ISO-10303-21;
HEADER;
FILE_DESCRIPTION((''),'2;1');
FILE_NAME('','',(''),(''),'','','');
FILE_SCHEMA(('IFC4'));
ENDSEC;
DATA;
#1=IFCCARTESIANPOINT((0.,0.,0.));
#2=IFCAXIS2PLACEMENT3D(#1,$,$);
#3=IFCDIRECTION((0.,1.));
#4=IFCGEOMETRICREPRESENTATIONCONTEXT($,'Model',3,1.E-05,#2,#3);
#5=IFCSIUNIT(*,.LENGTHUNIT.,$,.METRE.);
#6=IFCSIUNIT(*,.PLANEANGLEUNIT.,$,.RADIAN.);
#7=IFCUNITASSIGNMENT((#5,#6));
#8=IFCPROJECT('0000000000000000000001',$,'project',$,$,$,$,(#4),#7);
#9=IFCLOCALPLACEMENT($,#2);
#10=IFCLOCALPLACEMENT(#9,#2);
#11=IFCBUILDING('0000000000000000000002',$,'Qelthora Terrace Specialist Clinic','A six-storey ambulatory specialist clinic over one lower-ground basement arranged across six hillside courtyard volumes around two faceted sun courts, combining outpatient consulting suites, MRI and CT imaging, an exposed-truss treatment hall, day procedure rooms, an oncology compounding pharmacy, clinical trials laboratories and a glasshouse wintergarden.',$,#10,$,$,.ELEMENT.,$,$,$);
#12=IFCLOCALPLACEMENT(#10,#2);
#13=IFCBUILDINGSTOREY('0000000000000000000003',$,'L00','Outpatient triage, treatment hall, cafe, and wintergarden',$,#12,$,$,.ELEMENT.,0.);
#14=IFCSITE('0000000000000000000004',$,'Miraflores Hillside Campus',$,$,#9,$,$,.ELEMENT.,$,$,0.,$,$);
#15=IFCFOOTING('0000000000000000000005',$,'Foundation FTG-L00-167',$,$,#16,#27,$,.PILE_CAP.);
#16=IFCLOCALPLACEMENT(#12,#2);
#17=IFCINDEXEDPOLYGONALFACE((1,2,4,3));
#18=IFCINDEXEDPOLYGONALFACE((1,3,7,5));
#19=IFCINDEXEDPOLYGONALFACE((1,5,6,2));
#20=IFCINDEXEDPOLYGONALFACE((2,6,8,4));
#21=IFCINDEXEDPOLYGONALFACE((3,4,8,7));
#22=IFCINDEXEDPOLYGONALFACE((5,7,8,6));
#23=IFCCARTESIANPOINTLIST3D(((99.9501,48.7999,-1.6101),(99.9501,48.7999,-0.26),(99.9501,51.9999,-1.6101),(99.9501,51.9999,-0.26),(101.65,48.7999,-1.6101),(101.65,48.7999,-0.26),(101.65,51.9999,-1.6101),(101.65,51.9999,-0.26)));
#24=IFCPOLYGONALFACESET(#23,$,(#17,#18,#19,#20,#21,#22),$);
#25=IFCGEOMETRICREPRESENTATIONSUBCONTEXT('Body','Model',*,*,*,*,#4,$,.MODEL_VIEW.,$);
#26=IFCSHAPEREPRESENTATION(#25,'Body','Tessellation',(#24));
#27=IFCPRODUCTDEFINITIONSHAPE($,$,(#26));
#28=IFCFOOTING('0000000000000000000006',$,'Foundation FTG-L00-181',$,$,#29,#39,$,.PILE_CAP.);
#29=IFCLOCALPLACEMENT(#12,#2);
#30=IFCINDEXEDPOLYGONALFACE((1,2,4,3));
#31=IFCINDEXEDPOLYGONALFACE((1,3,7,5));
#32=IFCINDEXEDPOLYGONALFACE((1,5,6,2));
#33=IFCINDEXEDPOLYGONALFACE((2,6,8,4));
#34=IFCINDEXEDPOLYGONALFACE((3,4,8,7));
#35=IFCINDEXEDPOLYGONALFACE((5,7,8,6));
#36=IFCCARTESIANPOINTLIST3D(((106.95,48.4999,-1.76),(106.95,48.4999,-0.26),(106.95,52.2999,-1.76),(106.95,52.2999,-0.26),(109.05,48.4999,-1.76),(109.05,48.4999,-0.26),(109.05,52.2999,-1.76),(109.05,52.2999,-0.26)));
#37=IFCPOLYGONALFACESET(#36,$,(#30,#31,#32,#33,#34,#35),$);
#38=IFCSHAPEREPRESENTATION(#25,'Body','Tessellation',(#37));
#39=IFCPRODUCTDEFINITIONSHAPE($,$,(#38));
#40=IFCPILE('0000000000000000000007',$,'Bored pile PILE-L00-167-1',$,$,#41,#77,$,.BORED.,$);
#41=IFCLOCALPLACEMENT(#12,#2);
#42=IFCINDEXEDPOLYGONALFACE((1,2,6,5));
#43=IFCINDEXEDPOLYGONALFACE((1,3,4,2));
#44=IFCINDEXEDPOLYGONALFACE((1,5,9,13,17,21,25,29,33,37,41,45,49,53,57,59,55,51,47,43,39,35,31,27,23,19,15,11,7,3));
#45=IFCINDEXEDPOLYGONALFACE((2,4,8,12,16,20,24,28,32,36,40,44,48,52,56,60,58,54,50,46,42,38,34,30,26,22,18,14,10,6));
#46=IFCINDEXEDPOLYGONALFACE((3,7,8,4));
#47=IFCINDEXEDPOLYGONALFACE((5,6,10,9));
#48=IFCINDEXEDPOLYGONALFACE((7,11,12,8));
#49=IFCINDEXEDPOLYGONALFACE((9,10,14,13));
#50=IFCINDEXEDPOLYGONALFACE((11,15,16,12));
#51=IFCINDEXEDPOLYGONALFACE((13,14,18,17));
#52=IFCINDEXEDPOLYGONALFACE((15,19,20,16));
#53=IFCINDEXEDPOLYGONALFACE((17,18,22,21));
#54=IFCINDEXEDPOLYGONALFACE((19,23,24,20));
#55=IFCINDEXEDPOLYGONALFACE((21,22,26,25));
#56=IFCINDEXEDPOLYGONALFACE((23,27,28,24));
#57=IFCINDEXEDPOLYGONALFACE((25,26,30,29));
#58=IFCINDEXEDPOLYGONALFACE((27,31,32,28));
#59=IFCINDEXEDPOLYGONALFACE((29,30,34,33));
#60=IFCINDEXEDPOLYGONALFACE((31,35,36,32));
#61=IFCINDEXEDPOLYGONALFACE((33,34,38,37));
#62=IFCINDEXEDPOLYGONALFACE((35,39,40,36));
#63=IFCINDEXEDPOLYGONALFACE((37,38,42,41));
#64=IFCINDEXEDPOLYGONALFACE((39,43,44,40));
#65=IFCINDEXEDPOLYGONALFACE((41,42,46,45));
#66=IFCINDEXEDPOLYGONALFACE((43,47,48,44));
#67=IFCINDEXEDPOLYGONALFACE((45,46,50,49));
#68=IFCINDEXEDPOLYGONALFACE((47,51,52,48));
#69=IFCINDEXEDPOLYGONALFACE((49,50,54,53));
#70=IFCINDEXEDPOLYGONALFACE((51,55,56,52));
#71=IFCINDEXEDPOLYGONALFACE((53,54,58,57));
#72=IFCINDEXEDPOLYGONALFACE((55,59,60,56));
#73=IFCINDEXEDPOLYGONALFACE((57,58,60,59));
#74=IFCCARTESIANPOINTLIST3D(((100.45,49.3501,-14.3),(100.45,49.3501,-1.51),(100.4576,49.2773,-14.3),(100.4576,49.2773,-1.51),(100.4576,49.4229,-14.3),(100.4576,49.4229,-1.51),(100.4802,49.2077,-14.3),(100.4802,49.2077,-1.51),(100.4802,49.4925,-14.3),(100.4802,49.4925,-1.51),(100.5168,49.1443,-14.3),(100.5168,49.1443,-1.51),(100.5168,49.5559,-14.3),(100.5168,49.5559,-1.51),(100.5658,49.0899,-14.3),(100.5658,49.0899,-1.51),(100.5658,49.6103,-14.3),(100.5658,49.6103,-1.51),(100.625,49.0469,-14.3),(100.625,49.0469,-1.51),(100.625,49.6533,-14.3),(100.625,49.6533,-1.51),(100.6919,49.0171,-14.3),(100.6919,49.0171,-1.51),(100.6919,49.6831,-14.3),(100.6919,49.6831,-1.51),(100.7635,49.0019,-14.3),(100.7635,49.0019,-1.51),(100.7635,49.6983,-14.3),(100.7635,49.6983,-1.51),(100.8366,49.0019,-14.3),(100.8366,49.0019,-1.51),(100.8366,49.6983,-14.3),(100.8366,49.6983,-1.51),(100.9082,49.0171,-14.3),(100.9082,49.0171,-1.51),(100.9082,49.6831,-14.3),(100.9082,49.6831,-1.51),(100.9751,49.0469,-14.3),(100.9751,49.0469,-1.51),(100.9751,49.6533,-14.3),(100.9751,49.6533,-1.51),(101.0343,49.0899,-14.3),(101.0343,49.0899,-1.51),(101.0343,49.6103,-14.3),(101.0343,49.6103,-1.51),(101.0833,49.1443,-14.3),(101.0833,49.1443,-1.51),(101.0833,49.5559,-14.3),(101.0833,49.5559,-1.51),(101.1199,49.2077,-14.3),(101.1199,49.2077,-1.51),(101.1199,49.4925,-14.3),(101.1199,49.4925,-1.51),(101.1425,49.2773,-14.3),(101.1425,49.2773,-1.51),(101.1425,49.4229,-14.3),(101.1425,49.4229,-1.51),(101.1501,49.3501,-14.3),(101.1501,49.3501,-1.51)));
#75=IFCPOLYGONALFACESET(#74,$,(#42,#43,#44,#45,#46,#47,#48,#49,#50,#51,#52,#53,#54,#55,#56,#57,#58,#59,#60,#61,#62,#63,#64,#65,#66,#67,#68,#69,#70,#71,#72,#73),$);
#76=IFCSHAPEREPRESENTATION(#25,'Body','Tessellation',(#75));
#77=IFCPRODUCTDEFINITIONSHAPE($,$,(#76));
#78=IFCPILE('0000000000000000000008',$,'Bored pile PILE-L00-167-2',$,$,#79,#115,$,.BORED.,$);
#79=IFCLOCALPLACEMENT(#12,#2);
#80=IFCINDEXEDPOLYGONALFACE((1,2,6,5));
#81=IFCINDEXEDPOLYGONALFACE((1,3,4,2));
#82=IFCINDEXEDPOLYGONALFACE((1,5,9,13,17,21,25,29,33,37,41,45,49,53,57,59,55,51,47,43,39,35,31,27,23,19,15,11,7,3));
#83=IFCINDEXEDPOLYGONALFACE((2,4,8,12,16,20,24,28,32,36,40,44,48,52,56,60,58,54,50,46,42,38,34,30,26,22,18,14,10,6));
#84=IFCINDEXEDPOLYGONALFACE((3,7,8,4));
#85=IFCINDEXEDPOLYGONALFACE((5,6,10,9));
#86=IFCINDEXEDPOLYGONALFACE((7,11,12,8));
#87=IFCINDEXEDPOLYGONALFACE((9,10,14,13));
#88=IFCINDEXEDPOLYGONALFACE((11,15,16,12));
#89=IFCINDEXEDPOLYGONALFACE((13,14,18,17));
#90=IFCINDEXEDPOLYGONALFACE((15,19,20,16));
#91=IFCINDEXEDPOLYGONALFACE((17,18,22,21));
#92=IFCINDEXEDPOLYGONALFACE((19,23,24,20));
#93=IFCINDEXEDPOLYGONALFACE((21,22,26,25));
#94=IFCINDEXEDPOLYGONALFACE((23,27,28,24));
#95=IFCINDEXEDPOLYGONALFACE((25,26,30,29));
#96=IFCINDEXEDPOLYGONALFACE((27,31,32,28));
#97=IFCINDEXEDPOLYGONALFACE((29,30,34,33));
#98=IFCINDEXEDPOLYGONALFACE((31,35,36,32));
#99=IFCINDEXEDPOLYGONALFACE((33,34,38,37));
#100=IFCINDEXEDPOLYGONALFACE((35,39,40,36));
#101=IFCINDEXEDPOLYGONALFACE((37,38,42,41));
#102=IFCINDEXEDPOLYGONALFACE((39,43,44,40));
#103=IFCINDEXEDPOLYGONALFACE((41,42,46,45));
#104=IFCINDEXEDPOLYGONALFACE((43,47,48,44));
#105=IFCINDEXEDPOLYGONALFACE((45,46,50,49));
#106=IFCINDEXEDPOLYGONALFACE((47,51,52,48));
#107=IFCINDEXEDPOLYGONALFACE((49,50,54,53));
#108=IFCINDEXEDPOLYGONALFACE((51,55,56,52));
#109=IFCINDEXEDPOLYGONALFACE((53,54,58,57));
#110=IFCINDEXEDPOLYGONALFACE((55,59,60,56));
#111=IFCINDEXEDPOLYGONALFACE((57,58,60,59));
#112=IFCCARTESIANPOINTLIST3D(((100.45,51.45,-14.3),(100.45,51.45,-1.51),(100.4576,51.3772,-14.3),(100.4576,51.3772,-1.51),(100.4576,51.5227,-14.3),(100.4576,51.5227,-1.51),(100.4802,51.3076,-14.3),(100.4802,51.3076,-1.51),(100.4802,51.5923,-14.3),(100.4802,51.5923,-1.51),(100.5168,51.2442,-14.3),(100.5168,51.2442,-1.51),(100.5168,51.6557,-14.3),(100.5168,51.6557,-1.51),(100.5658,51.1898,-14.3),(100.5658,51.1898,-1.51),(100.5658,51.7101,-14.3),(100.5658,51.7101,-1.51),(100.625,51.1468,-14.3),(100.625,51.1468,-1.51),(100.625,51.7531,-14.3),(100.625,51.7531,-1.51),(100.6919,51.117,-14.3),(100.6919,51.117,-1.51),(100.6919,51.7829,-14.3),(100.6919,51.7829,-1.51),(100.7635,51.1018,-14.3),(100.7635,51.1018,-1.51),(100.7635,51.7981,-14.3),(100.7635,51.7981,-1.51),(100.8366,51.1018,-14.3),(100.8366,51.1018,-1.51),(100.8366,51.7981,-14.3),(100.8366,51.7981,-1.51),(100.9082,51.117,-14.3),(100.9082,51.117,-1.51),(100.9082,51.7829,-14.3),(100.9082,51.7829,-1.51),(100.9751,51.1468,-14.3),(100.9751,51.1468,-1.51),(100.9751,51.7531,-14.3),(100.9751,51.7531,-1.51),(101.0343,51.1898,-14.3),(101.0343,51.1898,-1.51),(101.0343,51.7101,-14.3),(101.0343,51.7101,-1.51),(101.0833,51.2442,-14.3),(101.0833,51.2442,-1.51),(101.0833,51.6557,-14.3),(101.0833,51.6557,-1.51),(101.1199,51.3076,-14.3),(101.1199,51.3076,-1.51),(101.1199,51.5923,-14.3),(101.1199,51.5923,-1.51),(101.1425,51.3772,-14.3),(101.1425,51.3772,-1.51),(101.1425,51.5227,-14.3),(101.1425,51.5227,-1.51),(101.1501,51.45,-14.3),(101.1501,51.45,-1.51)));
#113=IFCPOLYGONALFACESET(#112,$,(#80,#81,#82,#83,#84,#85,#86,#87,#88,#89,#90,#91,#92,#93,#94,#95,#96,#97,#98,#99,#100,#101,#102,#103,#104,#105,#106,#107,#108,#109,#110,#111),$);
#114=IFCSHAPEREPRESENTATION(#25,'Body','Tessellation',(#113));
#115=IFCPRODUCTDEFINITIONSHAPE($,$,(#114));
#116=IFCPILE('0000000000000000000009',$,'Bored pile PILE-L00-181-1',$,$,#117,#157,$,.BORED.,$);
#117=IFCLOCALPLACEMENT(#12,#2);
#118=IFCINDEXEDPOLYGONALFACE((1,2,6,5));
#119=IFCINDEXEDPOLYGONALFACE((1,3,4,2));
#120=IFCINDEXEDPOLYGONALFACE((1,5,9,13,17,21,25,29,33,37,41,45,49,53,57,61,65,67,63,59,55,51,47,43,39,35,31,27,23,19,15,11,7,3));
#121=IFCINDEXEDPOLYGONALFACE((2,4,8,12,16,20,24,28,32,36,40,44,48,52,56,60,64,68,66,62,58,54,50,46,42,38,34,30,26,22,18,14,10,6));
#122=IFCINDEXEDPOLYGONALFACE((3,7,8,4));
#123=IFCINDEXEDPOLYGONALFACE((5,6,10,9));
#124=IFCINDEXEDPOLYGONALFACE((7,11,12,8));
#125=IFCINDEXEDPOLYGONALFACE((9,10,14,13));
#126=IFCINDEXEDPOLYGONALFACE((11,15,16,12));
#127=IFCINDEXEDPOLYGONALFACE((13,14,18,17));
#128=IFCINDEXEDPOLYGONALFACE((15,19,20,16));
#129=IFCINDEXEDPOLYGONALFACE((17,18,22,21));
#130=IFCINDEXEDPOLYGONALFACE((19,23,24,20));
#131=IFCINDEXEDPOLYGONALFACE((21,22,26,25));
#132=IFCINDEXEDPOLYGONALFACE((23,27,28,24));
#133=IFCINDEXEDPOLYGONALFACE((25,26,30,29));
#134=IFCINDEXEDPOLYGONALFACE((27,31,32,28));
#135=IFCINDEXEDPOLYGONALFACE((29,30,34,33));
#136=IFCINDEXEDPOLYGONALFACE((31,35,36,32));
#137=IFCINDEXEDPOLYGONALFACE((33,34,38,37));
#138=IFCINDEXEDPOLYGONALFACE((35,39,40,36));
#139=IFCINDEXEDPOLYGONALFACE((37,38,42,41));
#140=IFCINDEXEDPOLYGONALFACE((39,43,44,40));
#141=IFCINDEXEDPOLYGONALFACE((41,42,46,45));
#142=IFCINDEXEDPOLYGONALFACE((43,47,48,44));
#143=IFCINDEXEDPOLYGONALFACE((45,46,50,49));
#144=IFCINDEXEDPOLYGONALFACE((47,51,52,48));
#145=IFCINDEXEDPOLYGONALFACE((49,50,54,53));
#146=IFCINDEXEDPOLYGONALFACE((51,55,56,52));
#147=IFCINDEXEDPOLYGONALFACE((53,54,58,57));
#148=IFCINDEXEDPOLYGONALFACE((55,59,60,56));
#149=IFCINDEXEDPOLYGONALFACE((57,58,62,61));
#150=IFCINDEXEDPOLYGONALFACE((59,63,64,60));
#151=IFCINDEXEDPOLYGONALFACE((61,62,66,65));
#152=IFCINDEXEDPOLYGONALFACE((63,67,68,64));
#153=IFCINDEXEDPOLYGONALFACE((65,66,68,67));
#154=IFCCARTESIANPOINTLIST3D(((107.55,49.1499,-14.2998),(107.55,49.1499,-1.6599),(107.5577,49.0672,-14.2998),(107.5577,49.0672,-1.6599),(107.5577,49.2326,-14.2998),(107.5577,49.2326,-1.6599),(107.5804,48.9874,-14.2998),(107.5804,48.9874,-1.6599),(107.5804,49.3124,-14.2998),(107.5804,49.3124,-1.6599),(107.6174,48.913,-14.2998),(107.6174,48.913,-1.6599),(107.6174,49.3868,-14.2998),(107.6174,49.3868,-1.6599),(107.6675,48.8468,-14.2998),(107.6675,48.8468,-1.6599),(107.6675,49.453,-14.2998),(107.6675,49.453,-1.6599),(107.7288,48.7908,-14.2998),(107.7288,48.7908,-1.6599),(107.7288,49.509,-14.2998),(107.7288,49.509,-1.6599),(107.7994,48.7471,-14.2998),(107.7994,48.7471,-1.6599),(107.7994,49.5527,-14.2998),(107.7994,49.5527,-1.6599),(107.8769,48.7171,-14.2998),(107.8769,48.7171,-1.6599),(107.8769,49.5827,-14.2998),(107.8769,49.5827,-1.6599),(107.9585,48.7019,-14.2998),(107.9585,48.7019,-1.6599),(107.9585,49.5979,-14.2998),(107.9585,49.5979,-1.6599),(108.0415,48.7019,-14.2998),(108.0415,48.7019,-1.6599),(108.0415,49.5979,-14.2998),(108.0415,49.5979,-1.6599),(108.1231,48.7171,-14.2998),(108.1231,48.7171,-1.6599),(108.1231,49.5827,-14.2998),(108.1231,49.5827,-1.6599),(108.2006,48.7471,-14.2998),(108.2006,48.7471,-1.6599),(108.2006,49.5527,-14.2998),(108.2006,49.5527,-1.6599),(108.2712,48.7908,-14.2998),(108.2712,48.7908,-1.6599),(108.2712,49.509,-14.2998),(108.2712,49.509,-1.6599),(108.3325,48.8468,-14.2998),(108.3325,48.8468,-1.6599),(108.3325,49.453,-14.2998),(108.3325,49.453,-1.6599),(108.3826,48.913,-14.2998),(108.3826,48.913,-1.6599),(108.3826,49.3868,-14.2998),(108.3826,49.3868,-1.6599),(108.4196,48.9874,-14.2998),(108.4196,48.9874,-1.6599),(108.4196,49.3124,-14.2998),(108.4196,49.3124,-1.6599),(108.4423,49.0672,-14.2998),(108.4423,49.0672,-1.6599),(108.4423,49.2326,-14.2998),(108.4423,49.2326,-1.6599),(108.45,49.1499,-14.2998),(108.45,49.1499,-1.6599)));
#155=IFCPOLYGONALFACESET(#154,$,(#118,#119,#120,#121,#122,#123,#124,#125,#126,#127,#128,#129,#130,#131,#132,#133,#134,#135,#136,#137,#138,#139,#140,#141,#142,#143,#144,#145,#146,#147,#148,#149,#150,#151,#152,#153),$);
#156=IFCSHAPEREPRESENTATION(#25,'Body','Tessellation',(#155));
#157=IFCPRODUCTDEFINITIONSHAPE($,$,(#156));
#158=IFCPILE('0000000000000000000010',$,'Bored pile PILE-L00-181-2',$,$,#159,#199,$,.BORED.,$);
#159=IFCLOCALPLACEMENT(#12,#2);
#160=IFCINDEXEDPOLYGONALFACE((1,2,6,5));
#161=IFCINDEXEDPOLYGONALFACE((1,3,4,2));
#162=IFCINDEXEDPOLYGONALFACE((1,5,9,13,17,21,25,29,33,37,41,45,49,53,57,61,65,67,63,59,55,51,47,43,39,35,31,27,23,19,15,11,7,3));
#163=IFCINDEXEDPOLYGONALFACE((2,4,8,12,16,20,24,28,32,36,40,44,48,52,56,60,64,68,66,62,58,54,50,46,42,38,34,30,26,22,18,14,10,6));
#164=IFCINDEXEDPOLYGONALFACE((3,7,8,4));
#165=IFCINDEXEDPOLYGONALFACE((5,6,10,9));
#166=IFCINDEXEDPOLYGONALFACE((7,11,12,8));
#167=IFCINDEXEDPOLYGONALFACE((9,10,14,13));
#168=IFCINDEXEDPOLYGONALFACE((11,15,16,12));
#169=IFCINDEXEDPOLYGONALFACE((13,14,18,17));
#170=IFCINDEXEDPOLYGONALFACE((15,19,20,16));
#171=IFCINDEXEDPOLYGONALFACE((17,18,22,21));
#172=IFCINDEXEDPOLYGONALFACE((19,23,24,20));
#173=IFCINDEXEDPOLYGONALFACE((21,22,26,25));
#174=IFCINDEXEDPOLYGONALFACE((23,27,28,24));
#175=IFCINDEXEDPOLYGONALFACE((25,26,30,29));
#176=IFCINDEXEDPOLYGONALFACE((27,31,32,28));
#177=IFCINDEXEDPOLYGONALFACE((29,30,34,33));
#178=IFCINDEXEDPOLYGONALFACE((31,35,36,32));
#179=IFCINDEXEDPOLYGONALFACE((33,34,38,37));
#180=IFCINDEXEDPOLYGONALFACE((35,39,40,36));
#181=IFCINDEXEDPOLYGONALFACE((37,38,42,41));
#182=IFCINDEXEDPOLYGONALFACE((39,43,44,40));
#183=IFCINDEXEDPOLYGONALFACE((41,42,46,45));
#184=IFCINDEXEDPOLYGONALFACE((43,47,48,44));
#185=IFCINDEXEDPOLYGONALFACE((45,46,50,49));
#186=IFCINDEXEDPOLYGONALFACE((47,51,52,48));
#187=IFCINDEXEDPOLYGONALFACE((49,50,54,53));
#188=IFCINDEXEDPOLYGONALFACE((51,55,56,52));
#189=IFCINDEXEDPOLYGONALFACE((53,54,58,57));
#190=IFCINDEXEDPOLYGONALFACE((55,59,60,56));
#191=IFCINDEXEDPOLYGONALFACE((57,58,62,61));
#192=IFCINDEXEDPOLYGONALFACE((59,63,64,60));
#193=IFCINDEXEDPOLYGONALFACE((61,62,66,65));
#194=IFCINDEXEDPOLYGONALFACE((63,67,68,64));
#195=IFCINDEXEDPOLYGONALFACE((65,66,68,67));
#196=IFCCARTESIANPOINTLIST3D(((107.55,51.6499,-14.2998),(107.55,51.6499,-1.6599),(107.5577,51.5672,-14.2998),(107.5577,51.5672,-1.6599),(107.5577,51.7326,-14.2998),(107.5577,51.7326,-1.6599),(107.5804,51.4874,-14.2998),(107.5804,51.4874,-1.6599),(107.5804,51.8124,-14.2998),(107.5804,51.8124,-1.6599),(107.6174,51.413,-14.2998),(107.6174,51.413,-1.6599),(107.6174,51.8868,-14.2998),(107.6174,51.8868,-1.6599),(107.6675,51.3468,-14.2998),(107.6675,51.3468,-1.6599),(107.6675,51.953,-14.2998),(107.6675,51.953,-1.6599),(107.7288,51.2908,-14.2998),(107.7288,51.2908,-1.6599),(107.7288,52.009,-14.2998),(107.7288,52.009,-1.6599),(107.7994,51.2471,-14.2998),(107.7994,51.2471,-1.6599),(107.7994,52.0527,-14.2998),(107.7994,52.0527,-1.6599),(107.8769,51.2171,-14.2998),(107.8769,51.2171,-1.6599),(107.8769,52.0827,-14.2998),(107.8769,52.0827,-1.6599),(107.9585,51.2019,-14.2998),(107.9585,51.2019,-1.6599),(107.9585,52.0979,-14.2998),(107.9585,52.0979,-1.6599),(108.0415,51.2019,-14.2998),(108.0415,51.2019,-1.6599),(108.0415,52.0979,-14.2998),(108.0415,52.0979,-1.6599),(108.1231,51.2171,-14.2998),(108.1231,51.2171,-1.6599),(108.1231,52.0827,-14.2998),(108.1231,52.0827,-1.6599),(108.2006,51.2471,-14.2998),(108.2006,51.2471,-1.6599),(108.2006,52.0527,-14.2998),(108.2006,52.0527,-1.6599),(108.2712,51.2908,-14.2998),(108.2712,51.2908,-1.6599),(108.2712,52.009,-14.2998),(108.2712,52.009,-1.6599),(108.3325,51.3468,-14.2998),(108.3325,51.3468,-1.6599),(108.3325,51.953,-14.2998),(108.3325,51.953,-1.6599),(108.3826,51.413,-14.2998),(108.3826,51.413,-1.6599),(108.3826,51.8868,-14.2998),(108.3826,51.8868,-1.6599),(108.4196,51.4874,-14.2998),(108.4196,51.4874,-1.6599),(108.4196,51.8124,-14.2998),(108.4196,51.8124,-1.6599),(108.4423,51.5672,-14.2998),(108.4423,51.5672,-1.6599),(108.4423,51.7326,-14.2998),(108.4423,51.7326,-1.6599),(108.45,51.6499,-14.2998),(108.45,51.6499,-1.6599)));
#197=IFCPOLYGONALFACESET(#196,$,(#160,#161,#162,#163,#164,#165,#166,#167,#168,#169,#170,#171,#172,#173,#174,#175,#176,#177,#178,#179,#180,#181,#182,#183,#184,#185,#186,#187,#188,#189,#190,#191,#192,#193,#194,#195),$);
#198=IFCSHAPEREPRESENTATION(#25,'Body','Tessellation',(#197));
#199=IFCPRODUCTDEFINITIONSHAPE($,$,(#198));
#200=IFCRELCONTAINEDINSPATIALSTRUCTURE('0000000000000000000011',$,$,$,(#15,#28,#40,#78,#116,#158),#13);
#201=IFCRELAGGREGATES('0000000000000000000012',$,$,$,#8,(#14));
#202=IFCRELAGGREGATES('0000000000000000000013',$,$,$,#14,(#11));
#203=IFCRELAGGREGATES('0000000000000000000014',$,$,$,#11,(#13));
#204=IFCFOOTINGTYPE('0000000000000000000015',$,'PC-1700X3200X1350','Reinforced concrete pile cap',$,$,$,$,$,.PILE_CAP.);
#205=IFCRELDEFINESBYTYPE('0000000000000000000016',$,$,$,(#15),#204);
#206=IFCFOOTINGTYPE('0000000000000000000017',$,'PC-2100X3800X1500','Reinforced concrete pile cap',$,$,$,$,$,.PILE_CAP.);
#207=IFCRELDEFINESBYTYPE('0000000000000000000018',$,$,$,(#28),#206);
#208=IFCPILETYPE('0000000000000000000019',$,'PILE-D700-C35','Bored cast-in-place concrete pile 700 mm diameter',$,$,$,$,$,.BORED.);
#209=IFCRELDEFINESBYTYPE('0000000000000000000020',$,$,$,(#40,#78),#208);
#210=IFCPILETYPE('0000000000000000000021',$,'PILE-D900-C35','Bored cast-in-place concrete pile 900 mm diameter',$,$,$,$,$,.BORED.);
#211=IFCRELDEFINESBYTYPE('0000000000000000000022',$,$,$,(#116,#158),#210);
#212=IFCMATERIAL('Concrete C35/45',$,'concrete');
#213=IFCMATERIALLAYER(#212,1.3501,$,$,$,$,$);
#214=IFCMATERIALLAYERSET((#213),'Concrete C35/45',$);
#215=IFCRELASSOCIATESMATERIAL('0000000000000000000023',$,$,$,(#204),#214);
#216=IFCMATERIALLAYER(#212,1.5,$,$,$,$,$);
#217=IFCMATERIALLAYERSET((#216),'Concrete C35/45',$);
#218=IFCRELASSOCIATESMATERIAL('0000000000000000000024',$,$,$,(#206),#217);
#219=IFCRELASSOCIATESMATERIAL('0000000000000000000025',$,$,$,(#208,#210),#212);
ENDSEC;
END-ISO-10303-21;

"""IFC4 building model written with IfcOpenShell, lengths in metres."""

from ifc_helpers import new_model, si_unit, direction, frame, origin, origin_2d, place, context, subcontext, project, spatial, rectangle, circle, extrude, material, layer, layer_set, material_profile, profile_set, type_object, element, save


model = new_model("IFC4")

# Units and contexts
model_context = context("Model", 3, precision=1e-05, world=origin(), true_north=direction((0.0, 1.0)))
body_context = subcontext(model_context, "Body", "Model", "MODEL_VIEW")
ifc_project = project(units=[si_unit("LENGTHUNIT", "METRE"), si_unit("PLANEANGLEUNIT", "RADIAN")], contexts=[model_context])

# Site, building, storey
site_placement = place(None, origin())
site = spatial("IfcSite", under=ifc_project, at=site_placement, Name="Miraflores Hillside Campus", CompositionType="ELEMENT", RefElevation=0.0)
building_placement = place(site_placement, origin())
building = spatial("IfcBuilding", under=site, at=building_placement, Name="Qelthora Terrace Specialist Clinic", Description="A six-storey ambulatory specialist clinic over one lower-ground basement arranged across six hillside courtyard volumes around two faceted sun courts, combining outpatient consulting suites, MRI and CT imaging, an exposed-truss treatment hall, day procedure rooms, an oncology compounding pharmacy, clinical trials laboratories and a glasshouse wintergarden.", CompositionType="ELEMENT")
storey_placement = place(building_placement, origin())
storey = spatial("IfcBuildingStorey", under=building, at=storey_placement, Name="L00", Description="Outpatient triage, treatment hall, cafe, and wintergarden", CompositionType="ELEMENT", Elevation=0.0)

# Footings
ifc_material_1 = material(Name="Concrete C35/45", Category="concrete")
ifc_layer_1 = layer(ifc_material_1, 1.3501)
ifc_layer_set_1 = layer_set([ifc_layer_1], Name="Concrete C35/45")
footing_type_1 = type_object("IfcFootingType", Name="PC-1700X3200X1350", Description="Reinforced concrete pile cap", PredefinedType="PILE_CAP", material=ifc_layer_set_1)
footing_1_placement = place(storey_placement, frame((100.8, 50.3999, -1.6101), z_axis=(0.0, 0.0, 1.0), x_axis=(1.0, 0.0, 0.0)))
element("IfcFooting", 1, at=footing_1_placement, inside=storey, type_object=footing_type_1, Name="Foundation FTG-L00-167", PredefinedType="PILE_CAP", context=body_context, shape_type="SweptSolid", body=[
    extrude(rectangle(XDim=1.7, YDim=3.2, at=origin_2d()), origin(), (0.0, 0.0, 1.0), 1.3501),
])
ifc_layer_2 = layer(ifc_material_1, 1.5)
ifc_layer_set_2 = layer_set([ifc_layer_2], Name="Concrete C35/45")
footing_type_2 = type_object("IfcFootingType", Name="PC-2100X3800X1500", Description="Reinforced concrete pile cap", PredefinedType="PILE_CAP", material=ifc_layer_set_2)
footing_2_placement = place(storey_placement, frame((108.0, 50.3999, -1.76), z_axis=(0.0, 0.0, 1.0), x_axis=(1.0, 0.0, 0.0)))
element("IfcFooting", 2, at=footing_2_placement, inside=storey, type_object=footing_type_2, Name="Foundation FTG-L00-181", PredefinedType="PILE_CAP", context=body_context, shape_type="SweptSolid", body=[
    extrude(rectangle(XDim=2.1001, YDim=3.8, at=origin_2d()), origin(), (0.0, 0.0, 1.0), 1.5),
])

# Piles
ifc_material_profile_1 = material_profile(ifc_material_1, circle(Radius=0.3501, at=origin_2d()), Name="PILE700")
ifc_profile_set_1 = profile_set([ifc_material_profile_1], Name="Concrete C35/45")
pile_type_1 = type_object("IfcPileType", Name="PILE-D700-C35", Description="Bored cast-in-place concrete pile 700 mm diameter", PredefinedType="BORED", material=ifc_profile_set_1)
for number, where, z_axis, x_axis, name in (
    (3, (100.8, 49.3501, -1.51), (0.0, 0.0, -1.0), (1.0, 0.0, 0.0), "Bored pile PILE-L00-167-1"),
    (4, (100.8, 51.45, -1.51), (0.0, 0.0, -1.0), (1.0, 0.0, 0.0), "Bored pile PILE-L00-167-2"),
):
    element("IfcPile", number, at=place(storey_placement, frame(where, z_axis=z_axis, x_axis=x_axis)), inside=storey, type_object=pile_type_1, Name=name, PredefinedType="BORED", context=body_context, shape_type="SweptSolid", body=[
        extrude(circle(Radius=0.3501, at=origin_2d()), origin(), (0.0, 0.0, 1.0), 12.79),
    ])
ifc_material_profile_2 = material_profile(ifc_material_1, circle(Radius=0.45, at=origin_2d()), Name="PILE900")
ifc_profile_set_2 = profile_set([ifc_material_profile_2], Name="Concrete C35/45")
pile_type_2 = type_object("IfcPileType", Name="PILE-D900-C35", Description="Bored cast-in-place concrete pile 900 mm diameter", PredefinedType="BORED", material=ifc_profile_set_2)
for number, where, z_axis, x_axis, name in (
    (5, (108.0, 49.1499, -1.6599), (0.0, 0.0, -1.0), (1.0, 0.0, 0.0), "Bored pile PILE-L00-181-1"),
    (6, (108.0, 51.6499, -1.6599), (0.0, 0.0, -1.0), (1.0, 0.0, 0.0), "Bored pile PILE-L00-181-2"),
):
    element("IfcPile", number, at=place(storey_placement, frame(where, z_axis=z_axis, x_axis=x_axis)), inside=storey, type_object=pile_type_2, Name=name, PredefinedType="BORED", context=body_context, shape_type="SweptSolid", body=[
        extrude(circle(Radius=0.45, at=origin_2d()), origin(), (0.0, 0.0, 1.0), 12.6399),
    ])

save(model, "model.ifc")
